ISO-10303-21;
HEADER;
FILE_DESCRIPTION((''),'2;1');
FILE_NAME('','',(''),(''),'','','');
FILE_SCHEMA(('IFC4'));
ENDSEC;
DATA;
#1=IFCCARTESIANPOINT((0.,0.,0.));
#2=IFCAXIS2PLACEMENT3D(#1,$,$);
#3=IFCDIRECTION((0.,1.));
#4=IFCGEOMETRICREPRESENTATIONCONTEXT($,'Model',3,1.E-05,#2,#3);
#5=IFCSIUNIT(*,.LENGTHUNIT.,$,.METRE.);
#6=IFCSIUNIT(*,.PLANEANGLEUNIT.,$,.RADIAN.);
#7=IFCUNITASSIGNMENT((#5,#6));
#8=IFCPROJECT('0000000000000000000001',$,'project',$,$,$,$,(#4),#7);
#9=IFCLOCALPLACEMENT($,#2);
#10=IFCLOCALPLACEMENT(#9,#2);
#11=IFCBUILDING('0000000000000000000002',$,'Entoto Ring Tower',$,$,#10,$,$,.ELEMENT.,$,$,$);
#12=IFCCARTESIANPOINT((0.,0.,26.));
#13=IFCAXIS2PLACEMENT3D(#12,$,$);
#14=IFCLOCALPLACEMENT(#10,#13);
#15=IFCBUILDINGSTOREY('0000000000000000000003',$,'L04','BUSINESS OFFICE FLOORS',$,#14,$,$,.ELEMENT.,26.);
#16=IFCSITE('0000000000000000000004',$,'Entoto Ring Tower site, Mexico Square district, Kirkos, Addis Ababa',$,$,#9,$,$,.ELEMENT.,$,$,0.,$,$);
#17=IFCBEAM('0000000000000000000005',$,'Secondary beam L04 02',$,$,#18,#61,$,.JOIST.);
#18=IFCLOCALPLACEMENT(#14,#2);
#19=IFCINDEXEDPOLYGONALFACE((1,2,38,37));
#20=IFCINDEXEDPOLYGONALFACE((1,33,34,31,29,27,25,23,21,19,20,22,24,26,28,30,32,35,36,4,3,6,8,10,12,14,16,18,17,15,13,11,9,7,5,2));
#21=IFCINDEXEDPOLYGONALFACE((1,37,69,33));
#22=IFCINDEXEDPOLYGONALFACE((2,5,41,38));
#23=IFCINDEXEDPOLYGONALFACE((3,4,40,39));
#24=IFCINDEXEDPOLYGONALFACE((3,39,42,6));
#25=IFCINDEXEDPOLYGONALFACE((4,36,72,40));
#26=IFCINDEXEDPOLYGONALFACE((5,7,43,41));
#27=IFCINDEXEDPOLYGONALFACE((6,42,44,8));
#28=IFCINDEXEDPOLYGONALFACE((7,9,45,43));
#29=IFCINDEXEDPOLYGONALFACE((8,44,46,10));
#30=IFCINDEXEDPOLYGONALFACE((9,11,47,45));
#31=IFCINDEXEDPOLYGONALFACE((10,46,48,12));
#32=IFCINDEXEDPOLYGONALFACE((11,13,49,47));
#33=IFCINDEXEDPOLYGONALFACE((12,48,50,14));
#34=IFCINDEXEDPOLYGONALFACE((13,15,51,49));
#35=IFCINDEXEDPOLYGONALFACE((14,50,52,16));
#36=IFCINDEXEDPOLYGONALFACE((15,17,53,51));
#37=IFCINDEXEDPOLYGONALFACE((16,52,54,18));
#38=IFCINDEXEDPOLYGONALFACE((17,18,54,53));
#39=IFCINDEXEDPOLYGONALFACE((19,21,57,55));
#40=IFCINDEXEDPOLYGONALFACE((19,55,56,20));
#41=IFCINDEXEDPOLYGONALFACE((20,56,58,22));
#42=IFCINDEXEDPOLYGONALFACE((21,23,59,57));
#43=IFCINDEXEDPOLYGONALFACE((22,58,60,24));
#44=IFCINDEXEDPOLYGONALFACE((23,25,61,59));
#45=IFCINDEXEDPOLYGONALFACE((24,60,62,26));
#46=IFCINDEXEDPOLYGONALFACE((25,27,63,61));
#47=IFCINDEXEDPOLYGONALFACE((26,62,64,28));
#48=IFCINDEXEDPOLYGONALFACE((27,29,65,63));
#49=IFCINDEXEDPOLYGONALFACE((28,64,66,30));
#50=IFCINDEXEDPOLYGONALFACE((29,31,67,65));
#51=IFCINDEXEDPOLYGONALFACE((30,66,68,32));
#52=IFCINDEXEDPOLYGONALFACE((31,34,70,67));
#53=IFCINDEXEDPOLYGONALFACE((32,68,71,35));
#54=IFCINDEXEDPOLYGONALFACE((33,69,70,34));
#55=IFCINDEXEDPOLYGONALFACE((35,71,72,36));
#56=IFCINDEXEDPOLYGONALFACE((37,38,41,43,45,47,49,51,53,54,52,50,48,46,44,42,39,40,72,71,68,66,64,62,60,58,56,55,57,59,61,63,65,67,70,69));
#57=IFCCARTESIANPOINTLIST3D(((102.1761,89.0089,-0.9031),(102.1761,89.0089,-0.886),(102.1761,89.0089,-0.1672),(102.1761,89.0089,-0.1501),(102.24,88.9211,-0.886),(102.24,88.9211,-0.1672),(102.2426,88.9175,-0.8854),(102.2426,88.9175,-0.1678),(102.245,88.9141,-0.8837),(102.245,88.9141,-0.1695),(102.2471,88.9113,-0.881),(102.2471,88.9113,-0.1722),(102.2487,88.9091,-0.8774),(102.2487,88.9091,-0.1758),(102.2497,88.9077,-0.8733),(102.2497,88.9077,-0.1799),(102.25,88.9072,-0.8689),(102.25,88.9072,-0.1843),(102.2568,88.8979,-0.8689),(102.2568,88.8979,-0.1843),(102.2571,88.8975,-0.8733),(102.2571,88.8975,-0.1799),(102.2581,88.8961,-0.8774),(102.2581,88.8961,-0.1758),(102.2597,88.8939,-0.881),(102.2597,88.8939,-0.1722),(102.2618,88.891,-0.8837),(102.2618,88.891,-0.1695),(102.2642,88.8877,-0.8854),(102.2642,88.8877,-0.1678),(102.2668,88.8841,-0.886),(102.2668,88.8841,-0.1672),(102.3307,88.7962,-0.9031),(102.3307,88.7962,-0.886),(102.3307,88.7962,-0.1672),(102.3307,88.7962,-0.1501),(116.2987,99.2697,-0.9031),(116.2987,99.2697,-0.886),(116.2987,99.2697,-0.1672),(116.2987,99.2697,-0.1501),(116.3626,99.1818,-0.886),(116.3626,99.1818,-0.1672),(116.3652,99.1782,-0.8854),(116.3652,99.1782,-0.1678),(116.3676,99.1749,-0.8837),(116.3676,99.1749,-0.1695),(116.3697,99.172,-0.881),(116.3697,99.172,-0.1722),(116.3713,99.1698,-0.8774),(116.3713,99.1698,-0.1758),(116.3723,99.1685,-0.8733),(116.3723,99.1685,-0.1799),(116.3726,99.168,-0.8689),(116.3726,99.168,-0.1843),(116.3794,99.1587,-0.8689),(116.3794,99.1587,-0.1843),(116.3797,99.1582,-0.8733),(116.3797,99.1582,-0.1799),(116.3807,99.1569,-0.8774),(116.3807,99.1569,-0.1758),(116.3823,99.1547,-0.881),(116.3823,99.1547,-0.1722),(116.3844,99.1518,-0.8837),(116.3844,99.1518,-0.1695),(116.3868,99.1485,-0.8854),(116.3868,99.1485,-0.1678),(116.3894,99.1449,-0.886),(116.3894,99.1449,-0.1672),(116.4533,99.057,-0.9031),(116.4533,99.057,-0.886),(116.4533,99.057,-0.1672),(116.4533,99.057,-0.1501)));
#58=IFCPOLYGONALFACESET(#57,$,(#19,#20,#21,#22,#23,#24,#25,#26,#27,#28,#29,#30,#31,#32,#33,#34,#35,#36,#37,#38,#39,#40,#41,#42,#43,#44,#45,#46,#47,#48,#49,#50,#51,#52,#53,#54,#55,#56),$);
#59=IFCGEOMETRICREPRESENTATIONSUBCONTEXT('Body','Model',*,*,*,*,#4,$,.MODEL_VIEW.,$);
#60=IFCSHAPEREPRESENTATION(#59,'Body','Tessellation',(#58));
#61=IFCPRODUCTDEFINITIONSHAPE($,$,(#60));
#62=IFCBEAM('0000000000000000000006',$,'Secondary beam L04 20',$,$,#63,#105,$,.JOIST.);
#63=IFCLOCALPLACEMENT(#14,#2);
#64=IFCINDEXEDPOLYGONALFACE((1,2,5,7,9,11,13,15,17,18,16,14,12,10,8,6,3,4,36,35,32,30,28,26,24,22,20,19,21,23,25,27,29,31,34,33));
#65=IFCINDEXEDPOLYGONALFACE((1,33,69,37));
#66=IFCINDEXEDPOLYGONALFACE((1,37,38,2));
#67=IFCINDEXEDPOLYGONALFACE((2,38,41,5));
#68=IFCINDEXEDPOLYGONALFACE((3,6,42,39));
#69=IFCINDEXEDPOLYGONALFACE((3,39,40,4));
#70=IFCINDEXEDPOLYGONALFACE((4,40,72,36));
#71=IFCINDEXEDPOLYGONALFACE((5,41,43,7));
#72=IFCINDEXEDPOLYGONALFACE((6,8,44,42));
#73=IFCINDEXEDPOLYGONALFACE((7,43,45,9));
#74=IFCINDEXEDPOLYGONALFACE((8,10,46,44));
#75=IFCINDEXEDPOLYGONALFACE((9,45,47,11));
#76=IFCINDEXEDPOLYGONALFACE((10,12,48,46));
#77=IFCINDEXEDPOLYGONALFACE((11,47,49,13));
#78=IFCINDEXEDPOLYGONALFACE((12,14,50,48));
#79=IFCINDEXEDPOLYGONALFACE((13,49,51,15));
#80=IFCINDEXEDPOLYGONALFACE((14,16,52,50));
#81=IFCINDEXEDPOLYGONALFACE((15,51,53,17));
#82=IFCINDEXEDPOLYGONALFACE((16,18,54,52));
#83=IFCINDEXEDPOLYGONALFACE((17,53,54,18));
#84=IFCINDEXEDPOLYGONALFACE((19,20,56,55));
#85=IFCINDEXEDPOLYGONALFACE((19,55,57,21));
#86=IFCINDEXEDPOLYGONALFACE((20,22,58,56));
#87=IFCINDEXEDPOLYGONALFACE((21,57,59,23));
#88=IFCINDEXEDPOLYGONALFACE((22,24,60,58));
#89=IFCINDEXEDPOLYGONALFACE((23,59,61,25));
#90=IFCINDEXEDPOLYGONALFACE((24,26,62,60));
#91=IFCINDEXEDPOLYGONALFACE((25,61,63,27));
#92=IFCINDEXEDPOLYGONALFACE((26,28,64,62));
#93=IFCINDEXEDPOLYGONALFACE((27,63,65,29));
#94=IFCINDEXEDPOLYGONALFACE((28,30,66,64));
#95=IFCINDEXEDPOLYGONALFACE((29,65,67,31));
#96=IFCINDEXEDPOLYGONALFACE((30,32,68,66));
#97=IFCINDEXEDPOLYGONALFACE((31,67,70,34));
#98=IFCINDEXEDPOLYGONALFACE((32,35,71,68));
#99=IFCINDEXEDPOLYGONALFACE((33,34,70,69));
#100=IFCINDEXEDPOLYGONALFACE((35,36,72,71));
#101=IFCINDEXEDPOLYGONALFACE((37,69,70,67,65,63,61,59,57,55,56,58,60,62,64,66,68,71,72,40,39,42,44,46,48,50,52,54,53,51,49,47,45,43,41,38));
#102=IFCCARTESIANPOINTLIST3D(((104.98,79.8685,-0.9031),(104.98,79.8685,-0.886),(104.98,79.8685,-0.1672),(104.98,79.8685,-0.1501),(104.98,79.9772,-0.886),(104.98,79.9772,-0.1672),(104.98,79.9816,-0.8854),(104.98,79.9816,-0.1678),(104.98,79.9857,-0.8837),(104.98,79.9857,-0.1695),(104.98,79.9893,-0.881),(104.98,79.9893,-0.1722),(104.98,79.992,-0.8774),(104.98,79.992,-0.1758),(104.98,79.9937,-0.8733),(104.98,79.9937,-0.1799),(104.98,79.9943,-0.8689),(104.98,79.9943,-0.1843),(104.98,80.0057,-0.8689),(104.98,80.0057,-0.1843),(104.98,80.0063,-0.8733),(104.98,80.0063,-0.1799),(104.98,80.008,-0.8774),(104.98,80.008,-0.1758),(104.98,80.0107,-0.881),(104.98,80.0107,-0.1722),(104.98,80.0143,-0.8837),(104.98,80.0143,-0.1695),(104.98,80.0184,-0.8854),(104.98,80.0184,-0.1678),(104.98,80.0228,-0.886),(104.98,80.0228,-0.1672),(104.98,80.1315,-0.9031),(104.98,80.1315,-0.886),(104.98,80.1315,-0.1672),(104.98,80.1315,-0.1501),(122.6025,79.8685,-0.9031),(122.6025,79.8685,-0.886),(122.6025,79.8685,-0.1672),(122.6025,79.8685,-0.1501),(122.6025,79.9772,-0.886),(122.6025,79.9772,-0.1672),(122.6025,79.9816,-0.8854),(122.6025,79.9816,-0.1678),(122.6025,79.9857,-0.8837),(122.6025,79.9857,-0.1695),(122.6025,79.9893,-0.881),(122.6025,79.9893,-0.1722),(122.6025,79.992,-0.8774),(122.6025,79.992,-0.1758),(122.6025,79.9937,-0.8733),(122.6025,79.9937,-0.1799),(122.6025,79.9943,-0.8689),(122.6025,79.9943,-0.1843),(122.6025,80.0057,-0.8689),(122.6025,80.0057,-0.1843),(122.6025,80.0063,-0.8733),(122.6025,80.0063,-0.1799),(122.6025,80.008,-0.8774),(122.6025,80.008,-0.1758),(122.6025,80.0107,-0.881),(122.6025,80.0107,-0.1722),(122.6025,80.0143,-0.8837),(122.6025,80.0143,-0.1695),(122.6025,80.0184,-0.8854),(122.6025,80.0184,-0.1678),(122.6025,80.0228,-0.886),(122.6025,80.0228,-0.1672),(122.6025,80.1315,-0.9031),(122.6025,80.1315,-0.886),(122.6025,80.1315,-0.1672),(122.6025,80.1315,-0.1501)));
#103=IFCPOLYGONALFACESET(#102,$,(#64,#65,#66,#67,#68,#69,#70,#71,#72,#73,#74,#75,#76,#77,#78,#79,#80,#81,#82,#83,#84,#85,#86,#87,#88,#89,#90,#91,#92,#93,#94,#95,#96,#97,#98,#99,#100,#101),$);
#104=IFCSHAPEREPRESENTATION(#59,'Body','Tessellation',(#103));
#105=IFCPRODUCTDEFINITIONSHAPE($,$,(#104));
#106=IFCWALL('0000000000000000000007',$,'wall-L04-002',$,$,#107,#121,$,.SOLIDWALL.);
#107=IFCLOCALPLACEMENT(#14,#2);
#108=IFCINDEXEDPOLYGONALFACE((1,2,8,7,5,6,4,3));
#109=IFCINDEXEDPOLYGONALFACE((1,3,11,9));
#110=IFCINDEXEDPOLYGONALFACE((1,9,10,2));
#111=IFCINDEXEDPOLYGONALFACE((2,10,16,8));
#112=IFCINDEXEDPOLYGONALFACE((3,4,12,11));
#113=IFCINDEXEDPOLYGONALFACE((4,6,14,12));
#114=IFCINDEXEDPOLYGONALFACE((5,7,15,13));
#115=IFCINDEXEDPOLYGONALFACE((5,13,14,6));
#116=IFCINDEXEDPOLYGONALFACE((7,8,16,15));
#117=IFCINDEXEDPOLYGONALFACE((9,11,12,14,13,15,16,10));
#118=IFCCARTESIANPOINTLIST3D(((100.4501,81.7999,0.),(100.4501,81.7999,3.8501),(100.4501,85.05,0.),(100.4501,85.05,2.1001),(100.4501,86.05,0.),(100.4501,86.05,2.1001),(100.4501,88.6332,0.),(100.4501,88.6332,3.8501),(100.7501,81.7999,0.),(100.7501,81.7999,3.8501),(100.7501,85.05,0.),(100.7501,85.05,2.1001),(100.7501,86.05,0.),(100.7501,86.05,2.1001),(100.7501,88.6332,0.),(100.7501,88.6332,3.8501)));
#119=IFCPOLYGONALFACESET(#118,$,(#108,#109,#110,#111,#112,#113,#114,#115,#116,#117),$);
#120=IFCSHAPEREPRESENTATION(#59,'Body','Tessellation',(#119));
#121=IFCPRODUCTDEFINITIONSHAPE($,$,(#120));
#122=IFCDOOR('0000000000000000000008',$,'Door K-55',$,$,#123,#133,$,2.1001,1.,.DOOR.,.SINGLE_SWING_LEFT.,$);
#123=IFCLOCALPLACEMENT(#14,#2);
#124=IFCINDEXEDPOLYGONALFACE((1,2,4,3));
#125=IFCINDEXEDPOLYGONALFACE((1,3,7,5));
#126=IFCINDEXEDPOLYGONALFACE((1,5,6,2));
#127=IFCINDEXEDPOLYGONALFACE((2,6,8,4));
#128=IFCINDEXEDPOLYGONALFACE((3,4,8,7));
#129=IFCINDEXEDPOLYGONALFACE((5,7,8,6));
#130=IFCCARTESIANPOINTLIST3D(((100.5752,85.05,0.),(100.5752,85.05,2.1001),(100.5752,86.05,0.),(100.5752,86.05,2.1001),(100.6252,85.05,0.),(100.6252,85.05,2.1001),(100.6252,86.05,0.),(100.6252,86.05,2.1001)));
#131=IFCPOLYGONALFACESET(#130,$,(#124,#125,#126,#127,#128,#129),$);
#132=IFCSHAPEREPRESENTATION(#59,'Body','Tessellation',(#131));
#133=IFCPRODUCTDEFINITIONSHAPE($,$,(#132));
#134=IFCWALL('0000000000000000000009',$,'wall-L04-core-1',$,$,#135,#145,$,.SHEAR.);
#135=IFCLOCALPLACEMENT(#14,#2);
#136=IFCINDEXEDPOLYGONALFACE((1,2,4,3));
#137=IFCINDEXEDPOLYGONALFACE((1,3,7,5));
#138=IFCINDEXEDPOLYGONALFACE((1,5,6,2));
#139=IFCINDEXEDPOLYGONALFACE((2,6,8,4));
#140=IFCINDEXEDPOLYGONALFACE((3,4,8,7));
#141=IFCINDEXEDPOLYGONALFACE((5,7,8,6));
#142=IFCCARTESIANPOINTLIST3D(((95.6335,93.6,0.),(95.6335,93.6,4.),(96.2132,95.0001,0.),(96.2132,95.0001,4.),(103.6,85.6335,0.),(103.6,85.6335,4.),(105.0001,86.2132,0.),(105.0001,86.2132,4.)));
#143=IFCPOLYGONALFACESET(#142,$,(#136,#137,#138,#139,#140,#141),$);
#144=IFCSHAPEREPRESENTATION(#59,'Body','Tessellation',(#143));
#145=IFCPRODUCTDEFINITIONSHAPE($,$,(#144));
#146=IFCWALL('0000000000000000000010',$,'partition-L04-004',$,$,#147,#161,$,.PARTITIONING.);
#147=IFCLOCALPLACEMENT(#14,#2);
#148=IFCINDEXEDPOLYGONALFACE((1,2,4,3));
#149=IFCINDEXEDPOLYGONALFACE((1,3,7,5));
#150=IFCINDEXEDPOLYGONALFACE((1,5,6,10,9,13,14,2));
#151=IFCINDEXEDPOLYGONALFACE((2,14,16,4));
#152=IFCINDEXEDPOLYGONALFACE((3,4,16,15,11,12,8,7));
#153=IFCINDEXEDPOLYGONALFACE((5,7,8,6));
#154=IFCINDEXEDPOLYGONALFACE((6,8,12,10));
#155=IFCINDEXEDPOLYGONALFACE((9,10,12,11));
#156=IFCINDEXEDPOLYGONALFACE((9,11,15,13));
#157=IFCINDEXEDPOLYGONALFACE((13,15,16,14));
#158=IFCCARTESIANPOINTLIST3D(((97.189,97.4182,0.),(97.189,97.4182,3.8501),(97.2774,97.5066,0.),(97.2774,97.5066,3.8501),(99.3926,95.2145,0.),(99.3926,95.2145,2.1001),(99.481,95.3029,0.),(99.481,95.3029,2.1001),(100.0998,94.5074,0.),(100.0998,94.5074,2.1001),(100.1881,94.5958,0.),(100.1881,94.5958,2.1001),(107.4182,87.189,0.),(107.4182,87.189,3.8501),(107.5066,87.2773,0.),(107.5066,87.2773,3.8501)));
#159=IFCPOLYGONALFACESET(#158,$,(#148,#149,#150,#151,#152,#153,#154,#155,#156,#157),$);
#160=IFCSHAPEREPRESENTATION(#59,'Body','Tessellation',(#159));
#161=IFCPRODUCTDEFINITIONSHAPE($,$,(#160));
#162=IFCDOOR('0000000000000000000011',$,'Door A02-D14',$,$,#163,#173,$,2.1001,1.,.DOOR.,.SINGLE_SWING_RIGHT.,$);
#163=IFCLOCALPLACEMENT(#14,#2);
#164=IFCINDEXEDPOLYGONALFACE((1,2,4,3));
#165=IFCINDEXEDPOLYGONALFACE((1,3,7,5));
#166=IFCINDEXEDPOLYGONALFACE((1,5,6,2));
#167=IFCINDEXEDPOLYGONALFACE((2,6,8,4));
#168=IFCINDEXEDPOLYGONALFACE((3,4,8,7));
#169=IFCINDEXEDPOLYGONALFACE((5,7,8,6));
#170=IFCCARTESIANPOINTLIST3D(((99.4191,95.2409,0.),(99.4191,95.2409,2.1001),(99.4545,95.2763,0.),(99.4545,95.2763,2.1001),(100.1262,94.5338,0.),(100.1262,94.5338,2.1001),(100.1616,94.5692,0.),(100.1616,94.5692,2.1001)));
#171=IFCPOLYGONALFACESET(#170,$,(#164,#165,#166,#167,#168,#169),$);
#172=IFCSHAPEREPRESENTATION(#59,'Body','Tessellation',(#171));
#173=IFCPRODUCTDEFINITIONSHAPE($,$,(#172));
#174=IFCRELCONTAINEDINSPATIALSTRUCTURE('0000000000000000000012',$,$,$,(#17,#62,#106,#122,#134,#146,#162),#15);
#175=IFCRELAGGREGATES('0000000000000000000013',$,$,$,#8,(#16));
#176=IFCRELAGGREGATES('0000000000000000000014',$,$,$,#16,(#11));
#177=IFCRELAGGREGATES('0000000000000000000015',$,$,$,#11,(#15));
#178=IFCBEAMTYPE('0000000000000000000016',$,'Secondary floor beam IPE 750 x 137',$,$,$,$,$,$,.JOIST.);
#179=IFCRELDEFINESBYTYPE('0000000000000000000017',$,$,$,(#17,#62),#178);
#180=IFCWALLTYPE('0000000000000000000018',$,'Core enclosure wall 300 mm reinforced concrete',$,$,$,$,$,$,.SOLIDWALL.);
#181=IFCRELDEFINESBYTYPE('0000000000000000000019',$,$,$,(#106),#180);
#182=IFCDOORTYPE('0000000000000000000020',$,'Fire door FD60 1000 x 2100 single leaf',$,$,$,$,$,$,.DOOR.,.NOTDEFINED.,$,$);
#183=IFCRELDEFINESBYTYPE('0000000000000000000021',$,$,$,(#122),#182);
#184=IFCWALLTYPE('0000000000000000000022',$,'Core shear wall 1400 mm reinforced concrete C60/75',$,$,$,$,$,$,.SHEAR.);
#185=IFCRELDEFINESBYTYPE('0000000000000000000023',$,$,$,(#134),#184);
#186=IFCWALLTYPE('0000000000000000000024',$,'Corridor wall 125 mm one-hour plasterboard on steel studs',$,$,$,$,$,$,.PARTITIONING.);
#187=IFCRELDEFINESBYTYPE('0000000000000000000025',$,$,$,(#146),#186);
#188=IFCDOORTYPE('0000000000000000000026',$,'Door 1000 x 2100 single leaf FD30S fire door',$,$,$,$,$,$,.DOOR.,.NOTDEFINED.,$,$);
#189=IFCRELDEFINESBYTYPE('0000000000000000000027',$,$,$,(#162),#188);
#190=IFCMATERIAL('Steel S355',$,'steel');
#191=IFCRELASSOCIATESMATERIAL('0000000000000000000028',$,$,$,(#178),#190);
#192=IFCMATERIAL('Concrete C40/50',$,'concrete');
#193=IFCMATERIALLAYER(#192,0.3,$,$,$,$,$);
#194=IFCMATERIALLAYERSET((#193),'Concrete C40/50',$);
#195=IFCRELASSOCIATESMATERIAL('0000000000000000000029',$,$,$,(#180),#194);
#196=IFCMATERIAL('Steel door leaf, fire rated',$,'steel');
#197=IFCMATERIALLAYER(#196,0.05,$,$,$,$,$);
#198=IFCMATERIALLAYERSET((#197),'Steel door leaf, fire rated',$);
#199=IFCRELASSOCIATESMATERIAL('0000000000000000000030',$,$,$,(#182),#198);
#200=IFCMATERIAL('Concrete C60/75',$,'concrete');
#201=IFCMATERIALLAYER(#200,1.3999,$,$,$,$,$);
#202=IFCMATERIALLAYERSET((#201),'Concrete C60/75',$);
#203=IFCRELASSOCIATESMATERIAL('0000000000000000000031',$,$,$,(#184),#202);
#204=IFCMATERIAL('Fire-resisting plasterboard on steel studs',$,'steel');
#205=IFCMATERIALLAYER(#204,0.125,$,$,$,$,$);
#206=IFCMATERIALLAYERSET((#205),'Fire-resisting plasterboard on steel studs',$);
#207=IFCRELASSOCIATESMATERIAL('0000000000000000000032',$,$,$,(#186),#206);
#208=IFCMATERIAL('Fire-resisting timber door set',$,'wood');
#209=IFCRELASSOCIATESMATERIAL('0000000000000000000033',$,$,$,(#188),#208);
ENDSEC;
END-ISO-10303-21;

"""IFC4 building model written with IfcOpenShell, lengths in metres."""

from ifc_helpers import new_model, si_unit, direction, frame, frame_2d, origin, origin_2d, place, context, subcontext, project, spatial, polyline, rectangle, i_section, outline, extrude, material, layer, layer_set, material_profile, profile_set, type_object, element, fill, save


model = new_model("IFC4")

# Units and contexts
model_context = context("Model", 3, precision=1e-05, world=origin(), true_north=direction((0.0, 1.0)))
body_context = subcontext(model_context, "Body", "Model", "MODEL_VIEW")
ifc_project = project(units=[si_unit("LENGTHUNIT", "METRE"), si_unit("PLANEANGLEUNIT", "RADIAN")], contexts=[model_context])

# Site, building, storey
site_placement = place(None, origin())
site = spatial("IfcSite", under=ifc_project, at=site_placement, Name="Entoto Ring Tower site, Mexico Square district, Kirkos, Addis Ababa", CompositionType="ELEMENT", RefElevation=0.0)
building_placement = place(site_placement, origin())
building = spatial("IfcBuilding", under=site, at=building_placement, Name="Entoto Ring Tower", CompositionType="ELEMENT")
storey_placement = place(building_placement, frame((0.0, 0.0, 26.0)))
storey = spatial("IfcBuildingStorey", under=building, at=storey_placement, Name="L04", Description="BUSINESS OFFICE FLOORS", CompositionType="ELEMENT", Elevation=26.0)

# Beams
ifc_material_1 = material(Name="Steel S355", Category="steel")
ifc_material_profile_1 = material_profile(ifc_material_1, i_section(OverallWidth=0.2629, OverallDepth=0.7529, WebThickness=0.0115, FlangeThickness=0.0171, FilletRadius=0.0171, at=origin_2d()), Name="IPE 750 x 137")
ifc_profile_set_1 = profile_set([ifc_material_profile_1], Name="Steel S355")
beam_type_1 = type_object("IfcBeamType", Name="Secondary floor beam IPE 750 x 137", PredefinedType="JOIST", material=ifc_profile_set_1)
beam_1_placement = place(storey_placement, frame((102.2534, 88.9026, -0.5266), z_axis=(0.809014, 0.587789, 0.0), x_axis=(-0.587789, 0.809014, 0.0)))
element("IfcBeam", 1, at=beam_1_placement, inside=storey, type_object=beam_type_1, Name="Secondary beam L04 02", PredefinedType="JOIST", context=body_context, shape_type="SweptSolid", body=[
    extrude(i_section(OverallWidth=0.2629, OverallDepth=0.7529, WebThickness=0.0115, FlangeThickness=0.0171, FilletRadius=0.0171, at=origin_2d()), origin(), (0.0, 0.0, 1.0), 17.4565),
])
beam_2_placement = place(storey_placement, frame((104.98, 80.0, -0.5266), z_axis=(1.0, 0.0, 0.0), x_axis=(0.0, 1.0, 0.0)))
element("IfcBeam", 2, at=beam_2_placement, inside=storey, type_object=beam_type_1, Name="Secondary beam L04 20", PredefinedType="JOIST", context=body_context, shape_type="SweptSolid", body=[
    extrude(i_section(OverallWidth=0.2629, OverallDepth=0.7529, WebThickness=0.0115, FlangeThickness=0.0171, FilletRadius=0.0171, at=origin_2d()), origin(), (0.0, 0.0, 1.0), 17.6226),
])

# Wall, opening, door
ifc_material_2 = material(Name="Concrete C40/50", Category="concrete")
ifc_layer_1 = layer(ifc_material_2, 0.3)
ifc_layer_set_1 = layer_set([ifc_layer_1], Name="Concrete C40/50")
wall_type_1 = type_object("IfcWallType", Name="Core enclosure wall 300 mm reinforced concrete", PredefinedType="SOLIDWALL", material=ifc_layer_set_1)
wall_1_placement = place(storey_placement, frame((100.6001, 81.8, 0.0), z_axis=(0.0, 0.0, 1.0), x_axis=(0.0, 1.0, 0.0)))
wall_1 = element("IfcWall", 3, at=wall_1_placement, inside=storey, type_object=wall_type_1, Name="wall-L04-002", PredefinedType="SOLIDWALL", context=body_context, shape_type="SweptSolid", body=[
    extrude(rectangle(XDim=6.8333, YDim=0.3, at=frame_2d((3.4165, 0.0))), origin(), (0.0, 0.0, 1.0), 3.8501),
])
opening_1_placement = place(wall_1_placement, frame((3.25, 0.0, 0.0)))
opening_1 = element("IfcOpeningElement", 4, at=opening_1_placement, cuts=wall_1, PredefinedType="OPENING", context=body_context, shape_type="SweptSolid", body=[
    extrude(rectangle(XDim=1.0, YDim=2.1001, at=frame_2d((0.5, 1.05))), frame((0.0, 0.1602, 0.0), z_axis=(0.0, -1.0, 0.0), x_axis=(1.0, 0.0, 0.0)), (0.0, 0.0, 1.0), 0.3201),
])
ifc_material_3 = material(Name="Steel door leaf, fire rated", Category="steel")
ifc_layer_2 = layer(ifc_material_3, 0.05)
ifc_layer_set_2 = layer_set([ifc_layer_2], Name="Steel door leaf, fire rated")
door_type_1 = type_object("IfcDoorType", Name="Fire door FD60 1000 x 2100 single leaf", OperationType="NOTDEFINED", PredefinedType="DOOR", material=ifc_layer_set_2)
door_1_placement = place(opening_1_placement, origin())
door_1 = element("IfcDoor", 5, at=door_1_placement, inside=storey, type_object=door_type_1, Name="Door K-55", OperationType="SINGLE_SWING_LEFT", OverallHeight=2.1001, OverallWidth=1.0, PredefinedType="DOOR", context=body_context, shape_type="SweptSolid", body=[
    extrude(rectangle(XDim=1.0, YDim=2.1001, at=frame_2d((0.5, 1.05))), frame((0.0, 0.0249, 0.0), z_axis=(0.0, -1.0, 0.0), x_axis=(1.0, 0.0, 0.0)), (0.0, 0.0, 1.0), 0.05),
])
fill(opening_1, door_1)

# Wall
ifc_material_4 = material(Name="Concrete C60/75", Category="concrete")
ifc_layer_3 = layer(ifc_material_4, 1.3999)
ifc_layer_set_3 = layer_set([ifc_layer_3], Name="Concrete C60/75")
wall_type_2 = type_object("IfcWallType", Name="Core shear wall 1400 mm reinforced concrete C60/75", PredefinedType="SHEAR", material=ifc_layer_set_3)
wall_2_placement = place(storey_placement, frame((104.3, 85.9233, 0.0), z_axis=(0.0, 0.0, 1.0), x_axis=(-0.707107, 0.707107, 0.0)))
element("IfcWall", 6, at=wall_2_placement, inside=storey, type_object=wall_type_2, Name="wall-L04-core-1", PredefinedType="SHEAR", context=body_context, shape_type="SweptSolid", body=[
    extrude(outline(polyline([(-0.29, -0.7), (12.1365, -0.7), (11.5564, 0.7), (0.29, 0.7), (-0.29, -0.7)])), origin(), (0.0, 0.0, 1.0), 4.0),
])

# Wall, opening, door
ifc_material_5 = material(Name="Fire-resisting plasterboard on steel studs", Category="steel")
ifc_layer_4 = layer(ifc_material_5, 0.125)
ifc_layer_set_4 = layer_set([ifc_layer_4], Name="Fire-resisting plasterboard on steel studs")
wall_type_3 = type_object("IfcWallType", Name="Corridor wall 125 mm one-hour plasterboard on steel studs", PredefinedType="PARTITIONING", material=ifc_layer_set_4)
wall_3_placement = place(storey_placement, frame((107.4624, 87.2332, 0.0), z_axis=(0.0, 0.0, 1.0), x_axis=(-0.707107, 0.707107, 0.0)))
wall_3 = element("IfcWall", 7, at=wall_3_placement, inside=storey, type_object=wall_type_3, Name="partition-L04-004", PredefinedType="PARTITIONING", context=body_context, shape_type="SweptSolid", body=[
    extrude(rectangle(XDim=14.4663, YDim=0.125, at=frame_2d((7.2332, 0.0))), origin(), (0.0, 0.0, 1.0), 3.8501),
])
opening_2_placement = place(wall_3_placement, frame((10.3499, 0.0, 0.0)))
opening_2 = element("IfcOpeningElement", 8, at=opening_2_placement, cuts=wall_3, PredefinedType="OPENING", context=body_context, shape_type="SweptSolid", body=[
    extrude(rectangle(XDim=1.0, YDim=2.1001, at=frame_2d((0.5, 1.05))), frame((0.0, 0.0725, 0.0), z_axis=(0.0, -1.0, 0.0), x_axis=(1.0, 0.0, 0.0)), (0.0, 0.0, 1.0), 0.145),
])
ifc_material_6 = material(Name="Fire-resisting timber door set", Category="wood")
door_type_2 = type_object("IfcDoorType", Name="Door 1000 x 2100 single leaf FD30S fire door", OperationType="NOTDEFINED", PredefinedType="DOOR", material=ifc_material_6)
door_2_placement = place(opening_2_placement, frame((1.0, 0.0, 0.0), z_axis=(0.0, 0.0, 1.0), x_axis=(-1.0, 0.0, 0.0)))
door_2 = element("IfcDoor", 9, at=door_2_placement, inside=storey, type_object=door_type_2, Name="Door A02-D14", OperationType="SINGLE_SWING_RIGHT", OverallHeight=2.1001, OverallWidth=1.0, PredefinedType="DOOR", context=body_context, shape_type="SweptSolid", body=[
    extrude(rectangle(XDim=1.0, YDim=2.1001, at=frame_2d((0.5, 1.05))), frame((0.0, 0.0249, 0.0), z_axis=(0.0, -1.0, 0.0), x_axis=(1.0, 0.0, 0.0)), (0.0, 0.0, 1.0), 0.05),
])
fill(opening_2, door_2)

save(model, "model.ifc")
